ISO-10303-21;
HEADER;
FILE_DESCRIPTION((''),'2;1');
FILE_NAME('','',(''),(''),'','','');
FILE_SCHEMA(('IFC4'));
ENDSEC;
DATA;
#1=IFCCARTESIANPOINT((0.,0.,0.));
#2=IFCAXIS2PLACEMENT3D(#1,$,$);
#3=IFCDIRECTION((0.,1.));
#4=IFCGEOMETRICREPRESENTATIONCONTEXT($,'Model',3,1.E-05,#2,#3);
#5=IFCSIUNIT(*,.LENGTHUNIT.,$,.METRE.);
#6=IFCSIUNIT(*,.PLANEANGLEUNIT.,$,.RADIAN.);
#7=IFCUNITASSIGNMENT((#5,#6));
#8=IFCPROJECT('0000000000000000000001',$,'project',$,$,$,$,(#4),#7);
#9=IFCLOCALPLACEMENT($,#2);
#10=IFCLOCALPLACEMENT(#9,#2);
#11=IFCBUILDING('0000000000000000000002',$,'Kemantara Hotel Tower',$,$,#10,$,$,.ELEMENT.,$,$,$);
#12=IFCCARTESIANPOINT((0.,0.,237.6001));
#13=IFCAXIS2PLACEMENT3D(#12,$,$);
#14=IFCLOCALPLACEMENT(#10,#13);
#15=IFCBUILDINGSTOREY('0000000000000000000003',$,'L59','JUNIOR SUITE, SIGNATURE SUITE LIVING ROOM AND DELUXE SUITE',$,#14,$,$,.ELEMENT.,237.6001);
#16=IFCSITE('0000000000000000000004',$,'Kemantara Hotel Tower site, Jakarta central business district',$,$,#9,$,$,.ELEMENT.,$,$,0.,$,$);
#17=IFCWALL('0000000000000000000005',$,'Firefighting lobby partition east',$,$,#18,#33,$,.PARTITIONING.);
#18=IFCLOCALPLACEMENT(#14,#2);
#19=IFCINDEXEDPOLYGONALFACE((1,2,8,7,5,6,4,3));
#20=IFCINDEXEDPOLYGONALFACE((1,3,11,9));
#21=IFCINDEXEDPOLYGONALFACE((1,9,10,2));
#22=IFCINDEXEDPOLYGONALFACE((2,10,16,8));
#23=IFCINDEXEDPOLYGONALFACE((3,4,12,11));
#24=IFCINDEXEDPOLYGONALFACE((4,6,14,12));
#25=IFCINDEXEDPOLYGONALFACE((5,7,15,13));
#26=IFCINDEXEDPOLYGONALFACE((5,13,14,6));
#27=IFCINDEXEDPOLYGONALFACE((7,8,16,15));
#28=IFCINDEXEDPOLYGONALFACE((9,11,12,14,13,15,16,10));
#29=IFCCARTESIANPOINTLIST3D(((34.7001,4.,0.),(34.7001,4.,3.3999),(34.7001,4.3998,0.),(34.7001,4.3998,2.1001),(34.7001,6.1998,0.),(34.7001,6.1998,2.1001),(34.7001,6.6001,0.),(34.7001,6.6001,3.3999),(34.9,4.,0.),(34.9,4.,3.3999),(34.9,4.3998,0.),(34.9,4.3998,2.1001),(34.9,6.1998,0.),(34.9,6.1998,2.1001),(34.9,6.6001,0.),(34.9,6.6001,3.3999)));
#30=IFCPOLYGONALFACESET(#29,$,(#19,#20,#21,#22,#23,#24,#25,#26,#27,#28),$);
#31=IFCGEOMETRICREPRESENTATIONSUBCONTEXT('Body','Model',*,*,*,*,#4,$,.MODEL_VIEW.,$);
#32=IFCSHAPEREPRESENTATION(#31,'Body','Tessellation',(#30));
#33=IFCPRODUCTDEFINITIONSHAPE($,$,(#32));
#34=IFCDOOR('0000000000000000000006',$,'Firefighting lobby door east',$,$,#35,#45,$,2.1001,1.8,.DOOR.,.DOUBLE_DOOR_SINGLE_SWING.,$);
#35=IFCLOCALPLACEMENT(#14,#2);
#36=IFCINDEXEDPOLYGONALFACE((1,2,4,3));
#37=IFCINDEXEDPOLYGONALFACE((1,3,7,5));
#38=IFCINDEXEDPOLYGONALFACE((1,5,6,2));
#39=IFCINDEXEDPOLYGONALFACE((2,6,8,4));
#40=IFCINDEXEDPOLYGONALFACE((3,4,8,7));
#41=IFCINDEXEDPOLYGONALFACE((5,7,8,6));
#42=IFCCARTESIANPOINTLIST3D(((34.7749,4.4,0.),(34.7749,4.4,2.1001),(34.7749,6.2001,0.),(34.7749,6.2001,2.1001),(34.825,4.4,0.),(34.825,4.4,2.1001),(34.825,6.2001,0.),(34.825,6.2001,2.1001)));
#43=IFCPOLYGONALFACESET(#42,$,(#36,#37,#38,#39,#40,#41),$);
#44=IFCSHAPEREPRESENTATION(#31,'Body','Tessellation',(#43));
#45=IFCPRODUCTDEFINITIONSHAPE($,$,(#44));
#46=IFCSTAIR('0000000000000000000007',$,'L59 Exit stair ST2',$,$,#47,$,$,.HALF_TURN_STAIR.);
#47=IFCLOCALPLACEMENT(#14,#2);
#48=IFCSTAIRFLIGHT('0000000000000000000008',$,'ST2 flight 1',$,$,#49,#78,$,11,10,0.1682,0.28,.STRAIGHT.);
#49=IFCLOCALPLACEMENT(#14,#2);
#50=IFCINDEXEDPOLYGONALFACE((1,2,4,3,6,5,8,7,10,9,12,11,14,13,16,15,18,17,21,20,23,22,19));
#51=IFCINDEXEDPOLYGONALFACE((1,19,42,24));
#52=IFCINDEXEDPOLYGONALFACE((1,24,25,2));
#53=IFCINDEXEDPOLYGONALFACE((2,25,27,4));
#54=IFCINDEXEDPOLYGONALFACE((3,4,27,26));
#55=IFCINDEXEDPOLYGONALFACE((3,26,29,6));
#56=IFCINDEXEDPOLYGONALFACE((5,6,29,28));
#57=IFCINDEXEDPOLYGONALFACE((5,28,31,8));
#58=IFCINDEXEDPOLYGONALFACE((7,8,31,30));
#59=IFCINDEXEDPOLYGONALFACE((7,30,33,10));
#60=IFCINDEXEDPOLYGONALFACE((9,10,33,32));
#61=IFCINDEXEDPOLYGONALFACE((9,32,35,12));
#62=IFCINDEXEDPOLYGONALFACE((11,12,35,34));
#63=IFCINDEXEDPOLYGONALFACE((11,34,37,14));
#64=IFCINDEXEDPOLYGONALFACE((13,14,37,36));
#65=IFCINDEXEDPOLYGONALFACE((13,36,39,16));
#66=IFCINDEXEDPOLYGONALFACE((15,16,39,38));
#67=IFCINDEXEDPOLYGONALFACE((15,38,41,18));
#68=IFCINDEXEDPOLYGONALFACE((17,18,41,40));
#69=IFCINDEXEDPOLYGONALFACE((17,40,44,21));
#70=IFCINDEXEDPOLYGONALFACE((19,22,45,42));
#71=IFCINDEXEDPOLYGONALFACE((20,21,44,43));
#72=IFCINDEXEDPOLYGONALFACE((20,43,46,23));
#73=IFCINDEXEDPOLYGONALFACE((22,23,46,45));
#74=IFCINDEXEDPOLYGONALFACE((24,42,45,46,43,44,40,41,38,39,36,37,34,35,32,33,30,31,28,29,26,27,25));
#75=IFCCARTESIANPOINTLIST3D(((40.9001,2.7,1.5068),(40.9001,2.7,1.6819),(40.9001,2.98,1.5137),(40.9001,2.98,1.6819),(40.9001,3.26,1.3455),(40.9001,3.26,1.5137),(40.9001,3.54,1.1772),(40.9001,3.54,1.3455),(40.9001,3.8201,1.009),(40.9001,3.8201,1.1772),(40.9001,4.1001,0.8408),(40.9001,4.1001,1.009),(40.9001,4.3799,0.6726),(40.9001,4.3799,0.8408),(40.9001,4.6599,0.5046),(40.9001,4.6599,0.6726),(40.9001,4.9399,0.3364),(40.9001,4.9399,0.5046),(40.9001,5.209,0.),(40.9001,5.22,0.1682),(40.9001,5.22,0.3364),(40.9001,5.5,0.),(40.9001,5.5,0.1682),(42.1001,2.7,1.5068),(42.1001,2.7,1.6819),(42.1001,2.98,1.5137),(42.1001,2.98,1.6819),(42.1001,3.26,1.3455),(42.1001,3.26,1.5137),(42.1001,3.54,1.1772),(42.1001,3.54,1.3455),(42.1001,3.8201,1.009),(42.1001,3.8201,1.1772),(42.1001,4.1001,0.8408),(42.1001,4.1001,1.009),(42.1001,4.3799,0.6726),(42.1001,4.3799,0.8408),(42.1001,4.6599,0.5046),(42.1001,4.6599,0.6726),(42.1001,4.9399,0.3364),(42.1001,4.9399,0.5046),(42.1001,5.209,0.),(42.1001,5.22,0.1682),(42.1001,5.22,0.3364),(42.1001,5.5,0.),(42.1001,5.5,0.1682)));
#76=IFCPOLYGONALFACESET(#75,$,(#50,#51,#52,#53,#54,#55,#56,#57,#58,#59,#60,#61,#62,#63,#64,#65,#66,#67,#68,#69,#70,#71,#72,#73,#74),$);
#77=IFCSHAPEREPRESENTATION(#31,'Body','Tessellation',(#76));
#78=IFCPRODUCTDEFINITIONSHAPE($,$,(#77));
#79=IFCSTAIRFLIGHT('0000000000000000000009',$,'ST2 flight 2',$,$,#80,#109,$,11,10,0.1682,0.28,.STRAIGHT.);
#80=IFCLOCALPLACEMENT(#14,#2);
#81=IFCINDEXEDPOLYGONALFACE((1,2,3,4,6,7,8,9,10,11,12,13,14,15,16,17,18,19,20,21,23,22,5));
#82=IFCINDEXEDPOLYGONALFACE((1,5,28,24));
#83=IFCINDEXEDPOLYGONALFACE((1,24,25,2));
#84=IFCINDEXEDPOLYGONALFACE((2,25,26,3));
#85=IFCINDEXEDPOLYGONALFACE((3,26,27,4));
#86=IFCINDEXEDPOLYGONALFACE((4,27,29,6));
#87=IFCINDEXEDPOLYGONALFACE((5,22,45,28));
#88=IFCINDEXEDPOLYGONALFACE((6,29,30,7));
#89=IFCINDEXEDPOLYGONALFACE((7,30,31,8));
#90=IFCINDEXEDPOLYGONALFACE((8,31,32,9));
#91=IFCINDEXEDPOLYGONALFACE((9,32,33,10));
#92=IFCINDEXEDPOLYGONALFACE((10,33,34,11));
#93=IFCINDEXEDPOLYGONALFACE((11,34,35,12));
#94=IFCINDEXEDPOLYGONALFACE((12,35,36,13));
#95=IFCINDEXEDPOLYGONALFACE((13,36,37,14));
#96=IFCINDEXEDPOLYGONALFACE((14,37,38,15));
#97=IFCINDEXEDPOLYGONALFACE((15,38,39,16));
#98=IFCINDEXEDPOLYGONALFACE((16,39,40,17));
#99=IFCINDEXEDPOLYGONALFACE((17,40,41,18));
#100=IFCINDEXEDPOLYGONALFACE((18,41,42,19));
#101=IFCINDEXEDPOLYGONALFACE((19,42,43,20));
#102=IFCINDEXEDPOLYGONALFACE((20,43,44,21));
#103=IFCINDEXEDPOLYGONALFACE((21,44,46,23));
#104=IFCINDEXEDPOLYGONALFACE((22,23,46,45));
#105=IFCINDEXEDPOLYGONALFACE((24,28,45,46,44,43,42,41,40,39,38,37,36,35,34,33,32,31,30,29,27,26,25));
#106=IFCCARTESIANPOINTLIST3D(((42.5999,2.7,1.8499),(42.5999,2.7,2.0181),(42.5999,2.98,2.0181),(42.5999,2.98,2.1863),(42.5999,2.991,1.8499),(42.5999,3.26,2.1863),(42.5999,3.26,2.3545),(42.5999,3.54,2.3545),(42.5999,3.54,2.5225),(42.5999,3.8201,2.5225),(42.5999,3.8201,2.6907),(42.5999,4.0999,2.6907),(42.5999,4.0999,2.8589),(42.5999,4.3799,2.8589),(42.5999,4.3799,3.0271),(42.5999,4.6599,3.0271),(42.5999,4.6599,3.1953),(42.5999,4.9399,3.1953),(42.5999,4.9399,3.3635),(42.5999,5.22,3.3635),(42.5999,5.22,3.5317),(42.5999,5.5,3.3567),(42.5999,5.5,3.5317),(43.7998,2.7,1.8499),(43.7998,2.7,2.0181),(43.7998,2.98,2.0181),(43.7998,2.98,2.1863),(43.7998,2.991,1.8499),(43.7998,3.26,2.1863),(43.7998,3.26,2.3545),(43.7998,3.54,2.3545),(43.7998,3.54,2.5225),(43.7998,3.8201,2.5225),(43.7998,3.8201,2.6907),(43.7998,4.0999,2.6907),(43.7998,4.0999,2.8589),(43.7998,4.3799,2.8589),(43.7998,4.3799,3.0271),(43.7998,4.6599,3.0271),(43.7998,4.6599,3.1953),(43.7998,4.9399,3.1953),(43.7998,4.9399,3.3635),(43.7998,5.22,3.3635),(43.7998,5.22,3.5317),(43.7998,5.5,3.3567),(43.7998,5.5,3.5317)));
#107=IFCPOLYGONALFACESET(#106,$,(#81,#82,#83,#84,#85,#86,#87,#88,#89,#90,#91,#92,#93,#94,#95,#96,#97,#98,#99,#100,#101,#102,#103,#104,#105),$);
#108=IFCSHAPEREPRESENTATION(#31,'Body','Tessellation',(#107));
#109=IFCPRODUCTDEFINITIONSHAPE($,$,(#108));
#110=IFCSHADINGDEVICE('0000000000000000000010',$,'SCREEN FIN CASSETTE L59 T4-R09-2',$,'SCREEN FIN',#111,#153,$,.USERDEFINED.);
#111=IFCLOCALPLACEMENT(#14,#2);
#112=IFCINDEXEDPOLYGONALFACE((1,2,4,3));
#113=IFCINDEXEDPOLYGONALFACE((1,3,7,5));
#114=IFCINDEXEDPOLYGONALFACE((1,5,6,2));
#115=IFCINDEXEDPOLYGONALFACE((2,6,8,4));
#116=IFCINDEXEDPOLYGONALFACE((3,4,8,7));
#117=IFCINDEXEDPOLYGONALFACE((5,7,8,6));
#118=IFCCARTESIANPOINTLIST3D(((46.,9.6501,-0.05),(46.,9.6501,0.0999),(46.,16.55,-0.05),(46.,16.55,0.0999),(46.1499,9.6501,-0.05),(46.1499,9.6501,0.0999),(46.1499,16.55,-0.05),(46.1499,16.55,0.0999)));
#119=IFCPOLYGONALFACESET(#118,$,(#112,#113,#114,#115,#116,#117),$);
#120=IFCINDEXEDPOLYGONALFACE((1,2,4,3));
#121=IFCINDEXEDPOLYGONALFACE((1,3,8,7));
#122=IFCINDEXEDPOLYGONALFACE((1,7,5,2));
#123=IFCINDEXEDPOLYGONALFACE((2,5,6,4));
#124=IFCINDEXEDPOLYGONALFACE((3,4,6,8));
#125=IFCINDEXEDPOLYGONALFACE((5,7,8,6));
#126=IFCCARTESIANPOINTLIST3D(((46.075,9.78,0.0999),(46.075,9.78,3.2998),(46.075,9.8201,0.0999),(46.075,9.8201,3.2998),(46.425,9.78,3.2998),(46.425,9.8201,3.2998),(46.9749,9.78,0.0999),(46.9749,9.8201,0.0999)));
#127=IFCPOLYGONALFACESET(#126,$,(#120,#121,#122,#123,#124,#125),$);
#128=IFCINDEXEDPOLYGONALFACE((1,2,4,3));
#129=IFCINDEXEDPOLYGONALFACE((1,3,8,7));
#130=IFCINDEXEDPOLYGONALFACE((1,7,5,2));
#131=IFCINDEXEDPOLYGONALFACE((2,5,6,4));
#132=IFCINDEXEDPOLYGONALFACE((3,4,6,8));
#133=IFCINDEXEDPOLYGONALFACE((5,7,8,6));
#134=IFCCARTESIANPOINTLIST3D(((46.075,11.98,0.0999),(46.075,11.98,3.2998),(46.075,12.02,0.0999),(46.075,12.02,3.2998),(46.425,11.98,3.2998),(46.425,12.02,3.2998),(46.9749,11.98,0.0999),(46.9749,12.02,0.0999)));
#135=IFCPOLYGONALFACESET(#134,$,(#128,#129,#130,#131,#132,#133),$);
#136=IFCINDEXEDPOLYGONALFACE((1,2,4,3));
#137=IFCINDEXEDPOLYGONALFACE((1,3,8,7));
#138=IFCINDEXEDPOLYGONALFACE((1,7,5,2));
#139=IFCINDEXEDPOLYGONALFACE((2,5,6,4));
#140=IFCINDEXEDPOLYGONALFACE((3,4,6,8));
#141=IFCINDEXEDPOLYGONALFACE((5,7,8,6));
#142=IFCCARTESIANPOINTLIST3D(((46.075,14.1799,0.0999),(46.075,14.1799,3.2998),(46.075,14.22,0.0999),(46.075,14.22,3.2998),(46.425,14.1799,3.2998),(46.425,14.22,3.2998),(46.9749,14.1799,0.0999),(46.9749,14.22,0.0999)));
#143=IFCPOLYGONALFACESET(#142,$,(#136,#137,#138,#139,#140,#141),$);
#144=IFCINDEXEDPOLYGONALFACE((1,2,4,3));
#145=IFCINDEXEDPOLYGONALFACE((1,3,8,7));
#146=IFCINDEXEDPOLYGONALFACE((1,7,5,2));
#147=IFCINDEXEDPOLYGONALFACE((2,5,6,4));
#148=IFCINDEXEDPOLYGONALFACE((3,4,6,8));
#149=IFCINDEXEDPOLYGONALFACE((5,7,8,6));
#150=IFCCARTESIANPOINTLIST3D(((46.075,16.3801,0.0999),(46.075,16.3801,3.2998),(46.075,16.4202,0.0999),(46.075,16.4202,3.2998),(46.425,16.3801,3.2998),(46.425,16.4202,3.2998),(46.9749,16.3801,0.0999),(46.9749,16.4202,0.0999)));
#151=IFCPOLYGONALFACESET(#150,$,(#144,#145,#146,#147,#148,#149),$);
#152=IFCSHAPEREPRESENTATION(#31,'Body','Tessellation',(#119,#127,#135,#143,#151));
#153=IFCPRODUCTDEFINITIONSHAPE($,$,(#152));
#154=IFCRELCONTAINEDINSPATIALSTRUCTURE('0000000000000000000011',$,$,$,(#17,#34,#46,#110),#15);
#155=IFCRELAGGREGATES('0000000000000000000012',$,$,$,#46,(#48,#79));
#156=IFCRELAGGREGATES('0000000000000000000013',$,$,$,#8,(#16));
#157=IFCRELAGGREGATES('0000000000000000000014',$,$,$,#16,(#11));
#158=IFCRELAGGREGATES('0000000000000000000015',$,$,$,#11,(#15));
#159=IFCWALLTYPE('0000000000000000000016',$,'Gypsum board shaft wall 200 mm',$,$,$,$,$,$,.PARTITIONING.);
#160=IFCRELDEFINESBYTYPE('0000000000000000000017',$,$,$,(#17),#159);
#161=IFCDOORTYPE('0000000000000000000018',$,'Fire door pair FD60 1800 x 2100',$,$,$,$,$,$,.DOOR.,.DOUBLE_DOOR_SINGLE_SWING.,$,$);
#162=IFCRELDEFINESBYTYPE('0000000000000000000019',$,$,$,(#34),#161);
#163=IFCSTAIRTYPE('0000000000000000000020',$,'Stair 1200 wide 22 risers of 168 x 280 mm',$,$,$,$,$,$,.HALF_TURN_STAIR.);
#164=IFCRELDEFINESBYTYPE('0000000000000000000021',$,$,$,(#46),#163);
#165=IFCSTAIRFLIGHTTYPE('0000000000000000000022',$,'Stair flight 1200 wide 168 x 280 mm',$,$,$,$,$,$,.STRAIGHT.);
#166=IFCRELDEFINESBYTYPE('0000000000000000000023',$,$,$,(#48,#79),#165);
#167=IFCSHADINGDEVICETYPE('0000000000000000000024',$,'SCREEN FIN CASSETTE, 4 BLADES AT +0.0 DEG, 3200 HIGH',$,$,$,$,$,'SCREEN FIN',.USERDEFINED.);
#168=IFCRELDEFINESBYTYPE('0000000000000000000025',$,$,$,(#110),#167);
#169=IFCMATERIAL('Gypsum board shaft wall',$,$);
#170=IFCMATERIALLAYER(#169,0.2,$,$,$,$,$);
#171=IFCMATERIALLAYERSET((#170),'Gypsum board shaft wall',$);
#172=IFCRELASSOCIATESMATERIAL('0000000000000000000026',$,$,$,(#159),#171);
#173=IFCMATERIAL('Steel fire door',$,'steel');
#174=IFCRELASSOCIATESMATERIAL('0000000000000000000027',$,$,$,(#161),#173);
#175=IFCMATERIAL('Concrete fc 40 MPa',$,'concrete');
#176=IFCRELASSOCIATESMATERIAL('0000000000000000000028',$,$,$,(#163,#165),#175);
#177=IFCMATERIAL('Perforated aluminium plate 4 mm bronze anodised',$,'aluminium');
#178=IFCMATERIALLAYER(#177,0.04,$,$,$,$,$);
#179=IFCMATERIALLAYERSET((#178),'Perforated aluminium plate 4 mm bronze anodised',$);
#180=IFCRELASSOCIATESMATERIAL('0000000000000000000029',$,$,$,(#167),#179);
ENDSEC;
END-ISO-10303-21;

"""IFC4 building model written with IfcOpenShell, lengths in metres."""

from ifc_helpers import new_model, si_unit, direction, frame, frame_2d, origin, origin_2d, place, context, subcontext, project, spatial, polyline, rectangle, outline, extrude, source, transform, mapped, material, layer, layer_set, type_object, element, fill, aggregate, save


model = new_model("IFC4")

# Units and contexts
model_context = context("Model", 3, precision=1e-05, world=origin(), true_north=direction((0.0, 1.0)))
body_context = subcontext(model_context, "Body", "Model", "MODEL_VIEW")
ifc_project = project(units=[si_unit("LENGTHUNIT", "METRE"), si_unit("PLANEANGLEUNIT", "RADIAN")], contexts=[model_context])

# Site, building, storey
site_placement = place(None, origin())
site = spatial("IfcSite", under=ifc_project, at=site_placement, Name="Kemantara Hotel Tower site, Jakarta central business district", CompositionType="ELEMENT", RefElevation=0.0)
building_placement = place(site_placement, origin())
building = spatial("IfcBuilding", under=site, at=building_placement, Name="Kemantara Hotel Tower", CompositionType="ELEMENT")
storey_placement = place(building_placement, frame((0.0, 0.0, 237.6001)))
storey = spatial("IfcBuildingStorey", under=building, at=storey_placement, Name="L59", Description="JUNIOR SUITE, SIGNATURE SUITE LIVING ROOM AND DELUXE SUITE", CompositionType="ELEMENT", Elevation=237.6001)

# Shared definitions
ifc_material_1 = material(Name="Steel fire door", Category="steel")

# Wall, opening, door
ifc_material_2 = material(Name="Gypsum board shaft wall")
ifc_layer_1 = layer(ifc_material_2, 0.2)
ifc_layer_set_1 = layer_set([ifc_layer_1], Name="Gypsum board shaft wall")
wall_type_1 = type_object("IfcWallType", Name="Gypsum board shaft wall 200 mm", PredefinedType="PARTITIONING", material=ifc_layer_set_1)
wall_1_placement = place(storey_placement, frame((34.8, 4.0, 0.0), z_axis=(0.0, 0.0, 1.0), x_axis=(0.0, 1.0, 0.0)))
wall_1 = element("IfcWall", 1, at=wall_1_placement, inside=storey, type_object=wall_type_1, Name="Firefighting lobby partition east", PredefinedType="PARTITIONING", context=body_context, shape_type="SweptSolid", body=[
    extrude(rectangle(XDim=2.6001, YDim=0.2, at=frame_2d((1.3, 0.0))), origin(), (0.0, 0.0, 1.0), 3.3999),
])
opening_1_placement = place(wall_1_placement, frame((0.3999, 0.0, 0.0)))
opening_1 = element("IfcOpeningElement", 2, at=opening_1_placement, cuts=wall_1, PredefinedType="OPENING", context=body_context, shape_type="SweptSolid", body=[
    extrude(rectangle(XDim=1.8, YDim=2.1001, at=frame_2d((0.8999, 1.05))), frame((0.0, 0.1099, 0.0), z_axis=(0.0, -1.0, 0.0), x_axis=(1.0, 0.0, 0.0)), (0.0, 0.0, 1.0), 0.22),
])
door_type_1 = type_object("IfcDoorType", Name="Fire door pair FD60 1800 x 2100", OperationType="DOUBLE_DOOR_SINGLE_SWING", PredefinedType="DOOR", material=ifc_material_1)
door_1_placement = place(opening_1_placement, frame((1.8, 0.0, 0.0), z_axis=(0.0, 0.0, 1.0), x_axis=(-1.0, 0.0, 0.0)))
door_1 = element("IfcDoor", 3, at=door_1_placement, inside=storey, type_object=door_type_1, Name="Firefighting lobby door east", OperationType="DOUBLE_DOOR_SINGLE_SWING", OverallHeight=2.1001, OverallWidth=1.8, PredefinedType="DOOR", context=body_context, shape_type="SweptSolid", body=[
    extrude(rectangle(XDim=1.8, YDim=2.1001, at=frame_2d((0.8999, 1.05))), frame((0.0, 0.0249, 0.0), z_axis=(0.0, -1.0, 0.0), x_axis=(1.0, 0.0, 0.0)), (0.0, 0.0, 1.0), 0.05),
])
fill(opening_1, door_1)

# Stair, stair flights
ifc_material_3 = material(Name="Concrete fc 40 MPa", Category="concrete")
stair_type = type_object("IfcStairType", Name="Stair 1200 wide 22 risers of 168 x 280 mm", PredefinedType="HALF_TURN_STAIR", material=ifc_material_3)
stair_placement = place(storey_placement, origin())
stair = element("IfcStair", 4, at=stair_placement, inside=storey, type_object=stair_type, Name="L59 Exit stair ST2", PredefinedType="HALF_TURN_STAIR")
stair_flight_type = type_object("IfcStairFlightType", Name="Stair flight 1200 wide 168 x 280 mm", PredefinedType="STRAIGHT", material=ifc_material_3)
stair_flight_1_placement = place(storey_placement, frame((41.5, 5.5, 0.0), z_axis=(0.0, 0.0, 1.0), x_axis=(0.0, -1.0, 0.0)))
stair_flight_1 = element("IfcStairFlight", 5, at=stair_flight_1_placement, type_object=stair_flight_type, Name="ST2 flight 1", NumberOfRisers=11, NumberOfTreads=10, PredefinedType="STRAIGHT", RiserHeight=0.1682, TreadLength=0.28, context=body_context, shape_type="SweptSolid", body=[
    extrude(outline(polyline([(0.0, 0.0), (0.0, 0.1682), (0.28, 0.1682), (0.28, 0.3364), (0.5601, 0.3364), (0.5601, 0.5046), (0.8401, 0.5046), (0.8401, 0.6726), (1.1201, 0.6726), (1.1201, 0.8408), (1.3999, 0.8408), (1.3999, 1.009), (1.6799, 1.009), (1.6799, 1.1772), (1.96, 1.1772), (1.96, 1.3455), (2.24, 1.3455), (2.24, 1.5137), (2.52, 1.5137), (2.52, 1.6819), (2.8, 1.6819), (2.8, 1.8501), (2.8, 1.5068), (0.291, 0.0), (0.0, 0.0)])), frame((0.0, 0.6001, 0.0), z_axis=(0.0, -1.0, 0.0), x_axis=(1.0, 0.0, 0.0)), (0.0, 0.0, 1.0), 1.2),
])
stair_flight_2_placement = place(storey_placement, frame((43.2, 2.7, 1.8499), z_axis=(0.0, 0.0, 1.0), x_axis=(0.0, 1.0, 0.0)))
stair_flight_2 = element("IfcStairFlight", 6, at=stair_flight_2_placement, type_object=stair_flight_type, Name="ST2 flight 2", NumberOfRisers=11, NumberOfTreads=10, PredefinedType="STRAIGHT", RiserHeight=0.1682, TreadLength=0.28, context=body_context, shape_type="SweptSolid", body=[
    extrude(outline(polyline([(0.0, 0.0), (0.0, 0.1682), (0.28, 0.1682), (0.28, 0.3364), (0.5601, 0.3364), (0.5601, 0.5046), (0.8401, 0.5046), (0.8401, 0.6726), (1.1201, 0.6726), (1.1201, 0.8408), (1.3999, 0.8408), (1.3999, 1.009), (1.6799, 1.009), (1.6799, 1.1772), (1.96, 1.1772), (1.96, 1.3455), (2.24, 1.3455), (2.24, 1.5137), (2.52, 1.5137), (2.52, 1.6819), (2.8, 1.6819), (2.8, 1.8501), (2.8, 1.5068), (0.291, 0.0), (0.0, 0.0)])), frame((0.0, 0.6001, 0.0), z_axis=(0.0, -1.0, 0.0), x_axis=(1.0, 0.0, 0.0)), (0.0, 0.0, 1.0), 1.2),
])
aggregate(stair, [stair_flight_1, stair_flight_2])

# Shading device
ifc_material_4 = material(Name="Perforated aluminium plate 4 mm bronze anodised", Category="aluminium")
ifc_layer_2 = layer(ifc_material_4, 0.04)
ifc_layer_set_2 = layer_set([ifc_layer_2], Name="Perforated aluminium plate 4 mm bronze anodised")
shading_device_type_1 = type_object("IfcShadingDeviceType", Name="SCREEN FIN CASSETTE, 4 BLADES AT +0.0 DEG, 3200 HIGH", ElementType="SCREEN FIN", PredefinedType="USERDEFINED", material=ifc_layer_set_2)
shared_shape_1 = source(origin(), body_context, "Body", "SweptSolid", [
    extrude(rectangle(XDim=6.8999, YDim=0.1499, at=origin_2d()), frame((3.3, -0.075, -0.1499), z_axis=(0.0, 0.0, 1.0), x_axis=(1.0, 0.0, 0.0)), (0.0, 0.0, 1.0), 0.1499),
    extrude(outline(polyline([(0.0, 0.0), (0.8999, 0.0), (0.3501, 3.2), (0.0, 3.2), (0.0, 0.0)])), frame((0.02, -0.075, 0.0), z_axis=(-1.0, 0.0, 0.0), x_axis=(0.0, -1.0, 0.0)), (0.0, 0.0, 1.0), 0.04),
    extrude(outline(polyline([(0.0, 0.0), (0.8999, 0.0), (0.3501, 3.2), (0.0, 3.2), (0.0, 0.0)])), frame((2.22, -0.075, 0.0), z_axis=(-1.0, 0.0, 0.0), x_axis=(0.0, -1.0, 0.0)), (0.0, 0.0, 1.0), 0.04),
    extrude(outline(polyline([(0.0, 0.0), (0.8999, 0.0), (0.3501, 3.2), (0.0, 3.2), (0.0, 0.0)])), frame((4.4199, -0.075, 0.0), z_axis=(-1.0, 0.0, 0.0), x_axis=(0.0, -1.0, 0.0)), (0.0, 0.0, 1.0), 0.04),
    extrude(outline(polyline([(0.0, 0.0), (0.8999, 0.0), (0.3501, 3.2), (0.0, 3.2), (0.0, 0.0)])), frame((6.6201, -0.075, 0.0), z_axis=(-1.0, 0.0, 0.0), x_axis=(0.0, -1.0, 0.0)), (0.0, 0.0, 1.0), 0.04),
])
shading_device_1_placement = place(storey_placement, frame((46.0, 9.8, 0.0999), z_axis=(0.0, 0.0, 1.0), x_axis=(0.0, 1.0, 0.0)))
element("IfcShadingDevice", 7, at=shading_device_1_placement, inside=storey, type_object=shading_device_type_1, Name="SCREEN FIN CASSETTE L59 T4-R09-2", ObjectType="SCREEN FIN", PredefinedType="USERDEFINED", context=body_context, shape_type="MappedRepresentation", body=[
    mapped(shared_shape_1, transform((0.0, 0.0, 0.0))),
])

save(model, "model.ifc")
